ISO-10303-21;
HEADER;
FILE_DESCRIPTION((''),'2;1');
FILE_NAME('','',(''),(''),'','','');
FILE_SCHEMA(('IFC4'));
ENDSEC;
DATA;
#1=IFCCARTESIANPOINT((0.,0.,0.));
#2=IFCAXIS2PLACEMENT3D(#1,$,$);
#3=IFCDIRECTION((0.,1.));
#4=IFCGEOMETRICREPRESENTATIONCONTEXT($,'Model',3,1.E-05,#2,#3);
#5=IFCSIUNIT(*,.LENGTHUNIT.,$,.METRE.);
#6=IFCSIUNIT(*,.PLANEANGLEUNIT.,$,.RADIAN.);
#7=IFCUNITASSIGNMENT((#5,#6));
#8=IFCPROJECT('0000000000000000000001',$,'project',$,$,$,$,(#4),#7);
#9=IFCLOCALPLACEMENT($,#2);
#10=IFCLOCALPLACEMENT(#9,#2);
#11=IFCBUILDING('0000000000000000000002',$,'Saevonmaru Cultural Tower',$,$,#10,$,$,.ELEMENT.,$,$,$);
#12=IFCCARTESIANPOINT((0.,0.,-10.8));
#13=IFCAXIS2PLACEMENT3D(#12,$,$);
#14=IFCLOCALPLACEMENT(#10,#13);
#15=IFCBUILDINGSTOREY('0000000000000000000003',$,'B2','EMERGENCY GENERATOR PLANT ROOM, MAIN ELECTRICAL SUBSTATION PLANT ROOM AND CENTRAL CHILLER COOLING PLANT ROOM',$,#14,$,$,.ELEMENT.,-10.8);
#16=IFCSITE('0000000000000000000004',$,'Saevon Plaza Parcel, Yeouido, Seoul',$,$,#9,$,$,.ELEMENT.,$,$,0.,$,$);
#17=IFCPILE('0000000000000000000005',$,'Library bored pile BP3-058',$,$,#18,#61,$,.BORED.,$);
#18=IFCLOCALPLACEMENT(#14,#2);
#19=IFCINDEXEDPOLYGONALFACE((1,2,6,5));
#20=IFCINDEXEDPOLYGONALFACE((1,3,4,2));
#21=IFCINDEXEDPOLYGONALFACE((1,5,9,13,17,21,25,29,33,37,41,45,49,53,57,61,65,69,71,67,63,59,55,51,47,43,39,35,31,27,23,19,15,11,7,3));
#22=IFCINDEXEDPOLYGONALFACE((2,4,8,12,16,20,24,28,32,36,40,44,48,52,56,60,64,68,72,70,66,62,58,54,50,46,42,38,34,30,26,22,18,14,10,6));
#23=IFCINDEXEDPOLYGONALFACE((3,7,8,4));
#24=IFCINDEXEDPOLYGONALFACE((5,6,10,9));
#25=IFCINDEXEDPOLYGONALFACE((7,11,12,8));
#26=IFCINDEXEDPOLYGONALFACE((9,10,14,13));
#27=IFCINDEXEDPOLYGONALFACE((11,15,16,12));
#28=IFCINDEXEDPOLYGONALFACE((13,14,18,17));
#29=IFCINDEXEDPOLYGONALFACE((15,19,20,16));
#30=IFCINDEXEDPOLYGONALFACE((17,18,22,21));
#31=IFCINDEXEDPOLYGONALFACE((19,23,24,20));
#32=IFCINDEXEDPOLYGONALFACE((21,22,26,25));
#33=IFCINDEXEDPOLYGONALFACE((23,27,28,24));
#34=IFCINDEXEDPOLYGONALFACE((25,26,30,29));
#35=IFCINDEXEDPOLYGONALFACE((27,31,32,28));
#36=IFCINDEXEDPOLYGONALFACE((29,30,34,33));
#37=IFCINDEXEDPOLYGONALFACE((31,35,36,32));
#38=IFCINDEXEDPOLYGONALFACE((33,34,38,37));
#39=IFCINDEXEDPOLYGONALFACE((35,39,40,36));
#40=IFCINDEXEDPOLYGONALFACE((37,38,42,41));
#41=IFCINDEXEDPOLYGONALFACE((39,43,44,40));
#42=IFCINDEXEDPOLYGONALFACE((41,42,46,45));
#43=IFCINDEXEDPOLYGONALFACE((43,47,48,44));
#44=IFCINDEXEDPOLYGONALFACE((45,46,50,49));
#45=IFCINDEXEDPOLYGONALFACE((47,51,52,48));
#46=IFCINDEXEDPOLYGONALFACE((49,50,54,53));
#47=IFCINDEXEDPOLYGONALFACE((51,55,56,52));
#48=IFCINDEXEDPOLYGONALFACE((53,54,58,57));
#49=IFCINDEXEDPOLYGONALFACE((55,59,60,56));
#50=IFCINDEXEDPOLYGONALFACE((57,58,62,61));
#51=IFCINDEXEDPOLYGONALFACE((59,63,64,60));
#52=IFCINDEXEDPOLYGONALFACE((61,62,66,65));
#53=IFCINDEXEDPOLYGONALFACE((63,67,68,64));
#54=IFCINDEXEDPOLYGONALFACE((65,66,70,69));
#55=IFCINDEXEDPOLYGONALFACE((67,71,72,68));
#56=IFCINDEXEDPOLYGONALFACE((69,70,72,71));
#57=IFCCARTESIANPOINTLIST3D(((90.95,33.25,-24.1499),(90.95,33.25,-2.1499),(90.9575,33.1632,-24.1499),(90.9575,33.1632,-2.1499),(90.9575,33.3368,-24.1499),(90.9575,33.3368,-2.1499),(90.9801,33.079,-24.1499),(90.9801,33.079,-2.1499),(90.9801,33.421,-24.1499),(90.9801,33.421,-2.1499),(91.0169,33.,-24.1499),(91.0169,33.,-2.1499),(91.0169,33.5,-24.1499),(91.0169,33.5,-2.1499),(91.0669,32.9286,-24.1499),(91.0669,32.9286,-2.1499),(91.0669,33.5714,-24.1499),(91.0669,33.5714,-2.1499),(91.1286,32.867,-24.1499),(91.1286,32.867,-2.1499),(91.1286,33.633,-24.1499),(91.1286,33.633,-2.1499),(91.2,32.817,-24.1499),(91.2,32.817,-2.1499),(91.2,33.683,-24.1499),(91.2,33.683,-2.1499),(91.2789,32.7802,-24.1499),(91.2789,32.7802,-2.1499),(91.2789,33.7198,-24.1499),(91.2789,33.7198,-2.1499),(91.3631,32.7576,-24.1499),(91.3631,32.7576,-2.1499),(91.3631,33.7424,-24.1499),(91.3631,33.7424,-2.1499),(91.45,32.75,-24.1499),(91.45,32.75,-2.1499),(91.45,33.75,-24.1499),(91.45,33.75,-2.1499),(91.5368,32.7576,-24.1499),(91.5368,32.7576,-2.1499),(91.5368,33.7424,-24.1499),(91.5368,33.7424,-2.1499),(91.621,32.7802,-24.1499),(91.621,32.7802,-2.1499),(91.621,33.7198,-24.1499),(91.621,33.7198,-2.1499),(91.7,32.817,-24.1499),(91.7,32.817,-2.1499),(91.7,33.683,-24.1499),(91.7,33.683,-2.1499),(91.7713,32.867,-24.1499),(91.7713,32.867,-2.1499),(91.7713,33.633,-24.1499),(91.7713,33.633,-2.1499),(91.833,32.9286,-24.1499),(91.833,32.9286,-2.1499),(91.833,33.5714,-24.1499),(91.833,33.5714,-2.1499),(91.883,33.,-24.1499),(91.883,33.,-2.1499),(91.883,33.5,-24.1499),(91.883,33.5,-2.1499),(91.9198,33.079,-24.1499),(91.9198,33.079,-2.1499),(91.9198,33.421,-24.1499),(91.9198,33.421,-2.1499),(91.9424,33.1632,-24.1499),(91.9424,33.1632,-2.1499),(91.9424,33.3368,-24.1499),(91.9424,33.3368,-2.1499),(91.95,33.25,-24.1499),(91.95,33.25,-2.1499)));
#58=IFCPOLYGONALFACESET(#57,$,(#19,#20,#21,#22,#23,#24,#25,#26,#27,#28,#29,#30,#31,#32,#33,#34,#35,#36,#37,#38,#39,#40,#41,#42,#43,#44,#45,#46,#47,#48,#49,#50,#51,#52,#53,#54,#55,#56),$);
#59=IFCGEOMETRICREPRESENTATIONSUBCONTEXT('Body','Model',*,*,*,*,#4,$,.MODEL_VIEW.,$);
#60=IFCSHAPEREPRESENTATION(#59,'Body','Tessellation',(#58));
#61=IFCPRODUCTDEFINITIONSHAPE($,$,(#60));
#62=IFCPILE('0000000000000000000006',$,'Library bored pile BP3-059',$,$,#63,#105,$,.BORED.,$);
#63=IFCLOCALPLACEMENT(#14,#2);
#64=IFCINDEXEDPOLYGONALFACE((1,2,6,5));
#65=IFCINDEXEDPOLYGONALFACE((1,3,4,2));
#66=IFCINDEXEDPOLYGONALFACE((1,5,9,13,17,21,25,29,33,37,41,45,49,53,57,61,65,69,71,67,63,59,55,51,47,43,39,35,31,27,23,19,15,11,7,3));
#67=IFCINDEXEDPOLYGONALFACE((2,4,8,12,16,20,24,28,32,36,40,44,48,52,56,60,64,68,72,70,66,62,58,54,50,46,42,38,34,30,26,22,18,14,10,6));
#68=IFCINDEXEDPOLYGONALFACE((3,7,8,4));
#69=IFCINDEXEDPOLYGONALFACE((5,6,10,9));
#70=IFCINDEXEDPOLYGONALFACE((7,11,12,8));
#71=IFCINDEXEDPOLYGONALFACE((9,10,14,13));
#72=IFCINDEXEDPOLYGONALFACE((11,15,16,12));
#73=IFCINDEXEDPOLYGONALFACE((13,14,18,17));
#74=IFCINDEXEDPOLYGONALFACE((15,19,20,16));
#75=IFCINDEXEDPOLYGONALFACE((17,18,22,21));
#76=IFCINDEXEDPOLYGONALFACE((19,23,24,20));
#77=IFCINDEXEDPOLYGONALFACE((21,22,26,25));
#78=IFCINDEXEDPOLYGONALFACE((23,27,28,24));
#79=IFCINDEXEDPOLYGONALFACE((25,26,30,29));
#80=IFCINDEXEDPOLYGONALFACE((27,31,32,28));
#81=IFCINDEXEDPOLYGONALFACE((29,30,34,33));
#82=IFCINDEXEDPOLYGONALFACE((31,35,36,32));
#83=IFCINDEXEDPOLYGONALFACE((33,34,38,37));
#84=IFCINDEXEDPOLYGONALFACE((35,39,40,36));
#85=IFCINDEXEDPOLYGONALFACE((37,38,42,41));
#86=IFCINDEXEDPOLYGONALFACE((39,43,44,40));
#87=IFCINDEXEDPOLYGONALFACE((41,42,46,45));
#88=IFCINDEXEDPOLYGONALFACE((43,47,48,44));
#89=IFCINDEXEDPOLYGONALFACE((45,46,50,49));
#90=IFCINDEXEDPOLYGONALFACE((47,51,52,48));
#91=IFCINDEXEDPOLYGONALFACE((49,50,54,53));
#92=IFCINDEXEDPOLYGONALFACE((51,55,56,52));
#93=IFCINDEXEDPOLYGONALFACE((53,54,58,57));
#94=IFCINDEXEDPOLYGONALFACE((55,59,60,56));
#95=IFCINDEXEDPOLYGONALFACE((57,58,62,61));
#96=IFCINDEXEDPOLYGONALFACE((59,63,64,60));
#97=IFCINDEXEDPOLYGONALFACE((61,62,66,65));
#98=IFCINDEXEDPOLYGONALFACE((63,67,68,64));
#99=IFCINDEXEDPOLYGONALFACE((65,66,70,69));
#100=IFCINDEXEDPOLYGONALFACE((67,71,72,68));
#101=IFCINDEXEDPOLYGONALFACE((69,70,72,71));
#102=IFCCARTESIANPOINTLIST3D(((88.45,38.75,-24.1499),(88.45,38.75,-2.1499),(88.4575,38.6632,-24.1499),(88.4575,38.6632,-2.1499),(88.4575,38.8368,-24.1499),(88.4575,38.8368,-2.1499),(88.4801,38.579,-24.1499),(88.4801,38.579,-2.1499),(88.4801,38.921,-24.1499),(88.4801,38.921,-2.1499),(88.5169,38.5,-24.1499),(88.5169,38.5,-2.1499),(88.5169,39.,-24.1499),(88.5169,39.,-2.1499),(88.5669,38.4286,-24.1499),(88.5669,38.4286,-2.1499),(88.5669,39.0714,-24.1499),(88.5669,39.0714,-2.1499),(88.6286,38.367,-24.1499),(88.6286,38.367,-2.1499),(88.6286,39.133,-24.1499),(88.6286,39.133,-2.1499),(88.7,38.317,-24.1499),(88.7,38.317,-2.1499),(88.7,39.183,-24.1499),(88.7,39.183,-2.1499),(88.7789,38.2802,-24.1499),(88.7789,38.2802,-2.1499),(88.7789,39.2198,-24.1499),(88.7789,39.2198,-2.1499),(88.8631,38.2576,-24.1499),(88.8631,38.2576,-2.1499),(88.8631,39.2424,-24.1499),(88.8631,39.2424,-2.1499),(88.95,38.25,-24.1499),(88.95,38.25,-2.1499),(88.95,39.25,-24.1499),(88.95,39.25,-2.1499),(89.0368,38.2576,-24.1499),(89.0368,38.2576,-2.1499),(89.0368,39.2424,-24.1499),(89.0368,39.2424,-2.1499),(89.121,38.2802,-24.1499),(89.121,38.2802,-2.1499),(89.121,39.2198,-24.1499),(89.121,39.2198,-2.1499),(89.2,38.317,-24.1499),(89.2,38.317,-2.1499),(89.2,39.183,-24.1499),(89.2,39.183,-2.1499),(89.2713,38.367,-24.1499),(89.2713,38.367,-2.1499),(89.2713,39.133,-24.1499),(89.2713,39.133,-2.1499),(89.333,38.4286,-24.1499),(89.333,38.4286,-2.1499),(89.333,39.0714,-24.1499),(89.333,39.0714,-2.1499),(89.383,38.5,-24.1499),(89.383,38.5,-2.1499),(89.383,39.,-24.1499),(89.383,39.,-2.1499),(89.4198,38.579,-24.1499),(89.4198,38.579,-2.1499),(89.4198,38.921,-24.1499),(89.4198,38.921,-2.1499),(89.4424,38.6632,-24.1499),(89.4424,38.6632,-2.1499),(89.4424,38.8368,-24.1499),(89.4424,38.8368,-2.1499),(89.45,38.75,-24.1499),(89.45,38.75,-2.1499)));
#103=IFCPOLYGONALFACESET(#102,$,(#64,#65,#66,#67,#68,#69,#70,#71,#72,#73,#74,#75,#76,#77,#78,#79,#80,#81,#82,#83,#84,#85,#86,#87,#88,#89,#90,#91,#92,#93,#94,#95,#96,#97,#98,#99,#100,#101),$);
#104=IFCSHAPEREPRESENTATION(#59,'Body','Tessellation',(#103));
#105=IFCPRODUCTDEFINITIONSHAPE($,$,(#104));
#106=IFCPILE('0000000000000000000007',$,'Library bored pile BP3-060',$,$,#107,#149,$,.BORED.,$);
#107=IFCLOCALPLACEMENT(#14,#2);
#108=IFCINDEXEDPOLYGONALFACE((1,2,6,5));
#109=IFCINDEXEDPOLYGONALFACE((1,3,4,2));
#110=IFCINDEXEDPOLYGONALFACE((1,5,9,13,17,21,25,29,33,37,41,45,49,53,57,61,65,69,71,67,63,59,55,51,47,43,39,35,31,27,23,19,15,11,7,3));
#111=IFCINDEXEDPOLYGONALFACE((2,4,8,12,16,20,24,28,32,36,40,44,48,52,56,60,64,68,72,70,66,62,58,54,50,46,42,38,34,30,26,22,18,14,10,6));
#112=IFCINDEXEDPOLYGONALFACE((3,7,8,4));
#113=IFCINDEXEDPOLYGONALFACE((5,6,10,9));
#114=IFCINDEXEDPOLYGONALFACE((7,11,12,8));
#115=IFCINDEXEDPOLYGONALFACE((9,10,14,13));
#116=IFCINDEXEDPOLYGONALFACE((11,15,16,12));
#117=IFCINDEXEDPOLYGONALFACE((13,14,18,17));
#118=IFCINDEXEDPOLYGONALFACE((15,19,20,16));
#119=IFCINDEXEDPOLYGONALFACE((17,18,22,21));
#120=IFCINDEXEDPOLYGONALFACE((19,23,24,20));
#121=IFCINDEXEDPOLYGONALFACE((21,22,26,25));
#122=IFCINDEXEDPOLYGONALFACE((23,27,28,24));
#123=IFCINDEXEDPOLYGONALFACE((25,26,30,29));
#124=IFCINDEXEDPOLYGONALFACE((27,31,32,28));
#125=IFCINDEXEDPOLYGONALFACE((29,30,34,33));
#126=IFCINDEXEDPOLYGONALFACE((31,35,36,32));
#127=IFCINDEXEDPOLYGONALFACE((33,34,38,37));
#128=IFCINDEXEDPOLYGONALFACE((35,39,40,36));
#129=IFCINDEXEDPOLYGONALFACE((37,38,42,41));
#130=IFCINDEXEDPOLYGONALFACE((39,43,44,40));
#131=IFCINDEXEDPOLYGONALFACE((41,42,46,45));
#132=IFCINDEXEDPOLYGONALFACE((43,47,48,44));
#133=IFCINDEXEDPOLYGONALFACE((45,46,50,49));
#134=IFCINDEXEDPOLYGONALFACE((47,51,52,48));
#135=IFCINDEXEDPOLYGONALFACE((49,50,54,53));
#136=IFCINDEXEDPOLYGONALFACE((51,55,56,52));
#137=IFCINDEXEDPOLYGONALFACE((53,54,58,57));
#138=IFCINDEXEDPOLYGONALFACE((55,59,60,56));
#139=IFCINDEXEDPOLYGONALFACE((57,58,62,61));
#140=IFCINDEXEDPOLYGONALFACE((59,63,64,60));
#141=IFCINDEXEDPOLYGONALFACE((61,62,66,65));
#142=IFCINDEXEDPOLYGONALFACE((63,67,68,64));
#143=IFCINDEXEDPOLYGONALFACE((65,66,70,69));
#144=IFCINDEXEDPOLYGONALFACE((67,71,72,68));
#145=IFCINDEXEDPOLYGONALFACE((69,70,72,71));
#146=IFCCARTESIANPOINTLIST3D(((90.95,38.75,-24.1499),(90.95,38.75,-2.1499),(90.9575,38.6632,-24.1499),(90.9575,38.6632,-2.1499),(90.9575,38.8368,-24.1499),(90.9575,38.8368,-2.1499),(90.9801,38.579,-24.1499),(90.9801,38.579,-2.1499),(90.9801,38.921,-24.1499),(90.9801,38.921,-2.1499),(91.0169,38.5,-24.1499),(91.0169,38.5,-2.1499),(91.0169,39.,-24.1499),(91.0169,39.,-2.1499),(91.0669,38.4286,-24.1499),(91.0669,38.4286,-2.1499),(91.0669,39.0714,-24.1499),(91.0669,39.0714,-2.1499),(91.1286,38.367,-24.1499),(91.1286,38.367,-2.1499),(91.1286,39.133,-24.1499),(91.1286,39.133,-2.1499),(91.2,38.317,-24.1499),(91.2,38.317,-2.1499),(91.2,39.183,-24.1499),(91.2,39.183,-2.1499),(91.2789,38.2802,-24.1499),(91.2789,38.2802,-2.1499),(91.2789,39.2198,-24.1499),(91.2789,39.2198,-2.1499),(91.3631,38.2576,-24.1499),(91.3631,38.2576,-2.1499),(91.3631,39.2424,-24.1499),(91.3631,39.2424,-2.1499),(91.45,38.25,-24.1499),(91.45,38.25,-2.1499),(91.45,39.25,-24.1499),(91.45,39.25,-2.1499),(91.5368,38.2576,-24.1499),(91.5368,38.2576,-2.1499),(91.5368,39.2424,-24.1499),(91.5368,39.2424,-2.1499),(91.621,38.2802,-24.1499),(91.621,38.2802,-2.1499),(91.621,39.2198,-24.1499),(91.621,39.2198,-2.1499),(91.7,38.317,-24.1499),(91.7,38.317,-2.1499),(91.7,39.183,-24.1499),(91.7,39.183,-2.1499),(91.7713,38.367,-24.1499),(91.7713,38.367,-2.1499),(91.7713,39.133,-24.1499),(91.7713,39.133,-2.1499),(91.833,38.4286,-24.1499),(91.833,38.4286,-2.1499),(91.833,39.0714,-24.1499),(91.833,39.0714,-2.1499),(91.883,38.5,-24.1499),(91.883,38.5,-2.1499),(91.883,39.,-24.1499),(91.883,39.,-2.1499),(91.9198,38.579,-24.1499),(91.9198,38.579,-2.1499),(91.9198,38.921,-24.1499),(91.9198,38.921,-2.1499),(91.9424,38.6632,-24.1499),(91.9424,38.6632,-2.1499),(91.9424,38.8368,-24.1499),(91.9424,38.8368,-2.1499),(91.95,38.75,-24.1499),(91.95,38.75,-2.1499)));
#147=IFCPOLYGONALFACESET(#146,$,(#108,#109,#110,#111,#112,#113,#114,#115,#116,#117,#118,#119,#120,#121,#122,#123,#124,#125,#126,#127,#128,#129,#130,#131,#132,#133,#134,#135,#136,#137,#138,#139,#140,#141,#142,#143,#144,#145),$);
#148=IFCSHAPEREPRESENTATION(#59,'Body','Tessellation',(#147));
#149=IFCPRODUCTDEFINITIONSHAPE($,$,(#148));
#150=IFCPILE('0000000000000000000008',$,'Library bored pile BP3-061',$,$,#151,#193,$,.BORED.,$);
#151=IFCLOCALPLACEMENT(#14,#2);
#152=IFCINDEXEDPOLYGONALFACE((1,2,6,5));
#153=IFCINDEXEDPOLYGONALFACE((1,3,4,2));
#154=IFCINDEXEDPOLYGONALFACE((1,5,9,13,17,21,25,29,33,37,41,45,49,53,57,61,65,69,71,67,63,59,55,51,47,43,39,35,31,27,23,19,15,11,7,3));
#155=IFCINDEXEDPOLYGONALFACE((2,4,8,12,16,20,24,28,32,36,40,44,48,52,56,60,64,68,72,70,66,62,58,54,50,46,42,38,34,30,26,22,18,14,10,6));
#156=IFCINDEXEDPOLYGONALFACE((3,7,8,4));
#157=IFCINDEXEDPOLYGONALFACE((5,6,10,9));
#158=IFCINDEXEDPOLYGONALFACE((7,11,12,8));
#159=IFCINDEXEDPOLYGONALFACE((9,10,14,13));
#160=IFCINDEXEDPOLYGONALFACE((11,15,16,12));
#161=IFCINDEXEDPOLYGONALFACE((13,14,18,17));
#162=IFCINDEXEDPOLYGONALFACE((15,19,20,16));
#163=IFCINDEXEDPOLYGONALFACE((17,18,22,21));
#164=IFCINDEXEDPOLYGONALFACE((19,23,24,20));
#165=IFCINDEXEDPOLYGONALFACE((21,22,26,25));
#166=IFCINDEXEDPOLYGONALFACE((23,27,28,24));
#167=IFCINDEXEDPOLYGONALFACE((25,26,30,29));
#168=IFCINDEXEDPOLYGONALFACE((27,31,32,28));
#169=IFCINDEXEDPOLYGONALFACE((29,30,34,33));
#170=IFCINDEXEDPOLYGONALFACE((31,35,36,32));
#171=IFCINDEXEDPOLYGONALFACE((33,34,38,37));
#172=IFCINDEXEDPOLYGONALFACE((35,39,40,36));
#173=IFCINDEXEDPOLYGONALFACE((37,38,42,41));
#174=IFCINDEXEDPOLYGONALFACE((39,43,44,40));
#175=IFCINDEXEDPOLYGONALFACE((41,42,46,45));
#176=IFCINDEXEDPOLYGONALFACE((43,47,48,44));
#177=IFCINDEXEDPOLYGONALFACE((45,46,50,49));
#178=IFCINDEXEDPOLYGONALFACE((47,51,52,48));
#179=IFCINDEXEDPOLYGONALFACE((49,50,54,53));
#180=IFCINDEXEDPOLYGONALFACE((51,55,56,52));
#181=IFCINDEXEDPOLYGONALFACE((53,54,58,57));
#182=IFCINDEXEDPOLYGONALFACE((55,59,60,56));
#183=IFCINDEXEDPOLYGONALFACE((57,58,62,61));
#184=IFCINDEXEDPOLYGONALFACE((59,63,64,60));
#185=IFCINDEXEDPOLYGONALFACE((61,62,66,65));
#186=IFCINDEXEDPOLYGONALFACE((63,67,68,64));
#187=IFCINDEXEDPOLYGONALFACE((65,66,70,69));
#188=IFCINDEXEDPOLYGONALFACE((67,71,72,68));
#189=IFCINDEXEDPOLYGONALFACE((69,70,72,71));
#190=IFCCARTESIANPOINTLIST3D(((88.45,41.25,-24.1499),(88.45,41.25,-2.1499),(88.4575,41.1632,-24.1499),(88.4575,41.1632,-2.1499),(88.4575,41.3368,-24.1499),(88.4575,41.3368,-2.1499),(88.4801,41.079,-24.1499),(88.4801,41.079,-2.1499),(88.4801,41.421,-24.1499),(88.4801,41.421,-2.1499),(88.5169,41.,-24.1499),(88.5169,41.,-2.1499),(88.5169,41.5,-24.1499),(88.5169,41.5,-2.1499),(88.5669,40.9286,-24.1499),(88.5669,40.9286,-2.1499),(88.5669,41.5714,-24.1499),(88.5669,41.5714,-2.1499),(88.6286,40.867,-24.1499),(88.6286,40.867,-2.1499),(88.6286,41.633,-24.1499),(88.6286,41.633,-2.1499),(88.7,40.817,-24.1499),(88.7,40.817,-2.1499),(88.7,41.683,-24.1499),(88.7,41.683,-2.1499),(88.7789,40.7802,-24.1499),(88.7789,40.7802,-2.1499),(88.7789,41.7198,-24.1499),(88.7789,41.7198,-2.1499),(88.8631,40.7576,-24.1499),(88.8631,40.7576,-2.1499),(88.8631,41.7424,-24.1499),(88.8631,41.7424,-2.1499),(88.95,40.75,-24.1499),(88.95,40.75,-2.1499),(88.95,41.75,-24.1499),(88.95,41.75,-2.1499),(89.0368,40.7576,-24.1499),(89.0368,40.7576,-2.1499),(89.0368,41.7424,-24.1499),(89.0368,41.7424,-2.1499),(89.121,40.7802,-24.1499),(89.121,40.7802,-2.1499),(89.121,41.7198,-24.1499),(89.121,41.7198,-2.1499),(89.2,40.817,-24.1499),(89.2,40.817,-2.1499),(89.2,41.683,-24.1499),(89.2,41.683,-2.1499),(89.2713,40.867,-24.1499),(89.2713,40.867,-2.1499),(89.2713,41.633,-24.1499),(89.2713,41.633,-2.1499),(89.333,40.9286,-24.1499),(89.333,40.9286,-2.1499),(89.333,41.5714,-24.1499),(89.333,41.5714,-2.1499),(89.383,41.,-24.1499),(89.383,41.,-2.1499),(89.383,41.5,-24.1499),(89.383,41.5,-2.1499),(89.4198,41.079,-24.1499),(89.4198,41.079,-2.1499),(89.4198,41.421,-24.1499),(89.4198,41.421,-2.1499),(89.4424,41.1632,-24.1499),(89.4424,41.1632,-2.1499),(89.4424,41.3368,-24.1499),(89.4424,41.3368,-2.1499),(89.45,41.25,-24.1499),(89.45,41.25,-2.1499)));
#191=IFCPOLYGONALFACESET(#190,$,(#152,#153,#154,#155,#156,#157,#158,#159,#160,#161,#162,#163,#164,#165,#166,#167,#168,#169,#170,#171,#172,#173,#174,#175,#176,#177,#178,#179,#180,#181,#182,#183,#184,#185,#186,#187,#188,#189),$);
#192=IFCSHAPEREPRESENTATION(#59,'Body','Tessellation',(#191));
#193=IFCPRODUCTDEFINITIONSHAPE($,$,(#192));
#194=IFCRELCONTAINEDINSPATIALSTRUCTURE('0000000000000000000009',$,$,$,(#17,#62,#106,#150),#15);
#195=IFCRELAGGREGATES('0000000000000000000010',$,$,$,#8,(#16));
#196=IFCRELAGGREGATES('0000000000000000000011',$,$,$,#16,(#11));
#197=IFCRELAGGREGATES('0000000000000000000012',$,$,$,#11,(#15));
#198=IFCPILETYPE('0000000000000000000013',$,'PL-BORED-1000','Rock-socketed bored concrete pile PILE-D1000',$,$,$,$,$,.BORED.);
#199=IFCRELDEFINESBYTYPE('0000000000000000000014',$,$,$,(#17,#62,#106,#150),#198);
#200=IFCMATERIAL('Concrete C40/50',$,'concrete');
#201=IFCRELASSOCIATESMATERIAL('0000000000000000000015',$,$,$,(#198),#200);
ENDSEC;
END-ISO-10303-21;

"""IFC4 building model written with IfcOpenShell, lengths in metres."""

from ifc_helpers import new_model, si_unit, direction, frame, origin, origin_2d, place, context, subcontext, project, spatial, circle, extrude, material, material_profile, profile_set, type_object, element, save


model = new_model("IFC4")

# Units and contexts
model_context = context("Model", 3, precision=1e-05, world=origin(), true_north=direction((0.0, 1.0)))
body_context = subcontext(model_context, "Body", "Model", "MODEL_VIEW")
ifc_project = project(units=[si_unit("LENGTHUNIT", "METRE"), si_unit("PLANEANGLEUNIT", "RADIAN")], contexts=[model_context])

# Site, building, storey
site_placement = place(None, origin())
site = spatial("IfcSite", under=ifc_project, at=site_placement, Name="Saevon Plaza Parcel, Yeouido, Seoul", CompositionType="ELEMENT", RefElevation=0.0)
building_placement = place(site_placement, origin())
building = spatial("IfcBuilding", under=site, at=building_placement, Name="Saevonmaru Cultural Tower", CompositionType="ELEMENT")
storey_placement = place(building_placement, frame((0.0, 0.0, -10.8)))
storey = spatial("IfcBuildingStorey", under=building, at=storey_placement, Name="B2", Description="EMERGENCY GENERATOR PLANT ROOM, MAIN ELECTRICAL SUBSTATION PLANT ROOM AND CENTRAL CHILLER COOLING PLANT ROOM", CompositionType="ELEMENT", Elevation=-10.8)

# Piles
ifc_material_1 = material(Name="Concrete C40/50", Category="concrete")
ifc_material_profile_1 = material_profile(ifc_material_1, circle(Radius=0.5, at=origin_2d()), Name="PILE-D1000")
ifc_profile_set_1 = profile_set([ifc_material_profile_1], Name="Concrete C40/50")
pile_type_1 = type_object("IfcPileType", Name="PL-BORED-1000", Description="Rock-socketed bored concrete pile PILE-D1000", PredefinedType="BORED", material=ifc_profile_set_1)
for number, where, z_axis, x_axis, name in (
    (1, (91.45, 33.25, -2.1499), (0.0, 0.0, -1.0), (1.0, 0.0, 0.0), "Library bored pile BP3-058"),
    (2, (88.95, 38.75, -2.1499), (0.0, 0.0, -1.0), (1.0, 0.0, 0.0), "Library bored pile BP3-059"),
    (3, (91.45, 38.75, -2.1499), (0.0, 0.0, -1.0), (1.0, 0.0, 0.0), "Library bored pile BP3-060"),
    (4, (88.95, 41.25, -2.1499), (0.0, 0.0, -1.0), (1.0, 0.0, 0.0), "Library bored pile BP3-061"),
):
    element("IfcPile", number, at=place(storey_placement, frame(where, z_axis=z_axis, x_axis=x_axis)), inside=storey, type_object=pile_type_1, Name=name, PredefinedType="BORED", context=body_context, shape_type="SweptSolid", body=[
        extrude(circle(Radius=0.5, at=origin_2d()), origin(), (0.0, 0.0, 1.0), 22.0),
    ])

save(model, "model.ifc")
